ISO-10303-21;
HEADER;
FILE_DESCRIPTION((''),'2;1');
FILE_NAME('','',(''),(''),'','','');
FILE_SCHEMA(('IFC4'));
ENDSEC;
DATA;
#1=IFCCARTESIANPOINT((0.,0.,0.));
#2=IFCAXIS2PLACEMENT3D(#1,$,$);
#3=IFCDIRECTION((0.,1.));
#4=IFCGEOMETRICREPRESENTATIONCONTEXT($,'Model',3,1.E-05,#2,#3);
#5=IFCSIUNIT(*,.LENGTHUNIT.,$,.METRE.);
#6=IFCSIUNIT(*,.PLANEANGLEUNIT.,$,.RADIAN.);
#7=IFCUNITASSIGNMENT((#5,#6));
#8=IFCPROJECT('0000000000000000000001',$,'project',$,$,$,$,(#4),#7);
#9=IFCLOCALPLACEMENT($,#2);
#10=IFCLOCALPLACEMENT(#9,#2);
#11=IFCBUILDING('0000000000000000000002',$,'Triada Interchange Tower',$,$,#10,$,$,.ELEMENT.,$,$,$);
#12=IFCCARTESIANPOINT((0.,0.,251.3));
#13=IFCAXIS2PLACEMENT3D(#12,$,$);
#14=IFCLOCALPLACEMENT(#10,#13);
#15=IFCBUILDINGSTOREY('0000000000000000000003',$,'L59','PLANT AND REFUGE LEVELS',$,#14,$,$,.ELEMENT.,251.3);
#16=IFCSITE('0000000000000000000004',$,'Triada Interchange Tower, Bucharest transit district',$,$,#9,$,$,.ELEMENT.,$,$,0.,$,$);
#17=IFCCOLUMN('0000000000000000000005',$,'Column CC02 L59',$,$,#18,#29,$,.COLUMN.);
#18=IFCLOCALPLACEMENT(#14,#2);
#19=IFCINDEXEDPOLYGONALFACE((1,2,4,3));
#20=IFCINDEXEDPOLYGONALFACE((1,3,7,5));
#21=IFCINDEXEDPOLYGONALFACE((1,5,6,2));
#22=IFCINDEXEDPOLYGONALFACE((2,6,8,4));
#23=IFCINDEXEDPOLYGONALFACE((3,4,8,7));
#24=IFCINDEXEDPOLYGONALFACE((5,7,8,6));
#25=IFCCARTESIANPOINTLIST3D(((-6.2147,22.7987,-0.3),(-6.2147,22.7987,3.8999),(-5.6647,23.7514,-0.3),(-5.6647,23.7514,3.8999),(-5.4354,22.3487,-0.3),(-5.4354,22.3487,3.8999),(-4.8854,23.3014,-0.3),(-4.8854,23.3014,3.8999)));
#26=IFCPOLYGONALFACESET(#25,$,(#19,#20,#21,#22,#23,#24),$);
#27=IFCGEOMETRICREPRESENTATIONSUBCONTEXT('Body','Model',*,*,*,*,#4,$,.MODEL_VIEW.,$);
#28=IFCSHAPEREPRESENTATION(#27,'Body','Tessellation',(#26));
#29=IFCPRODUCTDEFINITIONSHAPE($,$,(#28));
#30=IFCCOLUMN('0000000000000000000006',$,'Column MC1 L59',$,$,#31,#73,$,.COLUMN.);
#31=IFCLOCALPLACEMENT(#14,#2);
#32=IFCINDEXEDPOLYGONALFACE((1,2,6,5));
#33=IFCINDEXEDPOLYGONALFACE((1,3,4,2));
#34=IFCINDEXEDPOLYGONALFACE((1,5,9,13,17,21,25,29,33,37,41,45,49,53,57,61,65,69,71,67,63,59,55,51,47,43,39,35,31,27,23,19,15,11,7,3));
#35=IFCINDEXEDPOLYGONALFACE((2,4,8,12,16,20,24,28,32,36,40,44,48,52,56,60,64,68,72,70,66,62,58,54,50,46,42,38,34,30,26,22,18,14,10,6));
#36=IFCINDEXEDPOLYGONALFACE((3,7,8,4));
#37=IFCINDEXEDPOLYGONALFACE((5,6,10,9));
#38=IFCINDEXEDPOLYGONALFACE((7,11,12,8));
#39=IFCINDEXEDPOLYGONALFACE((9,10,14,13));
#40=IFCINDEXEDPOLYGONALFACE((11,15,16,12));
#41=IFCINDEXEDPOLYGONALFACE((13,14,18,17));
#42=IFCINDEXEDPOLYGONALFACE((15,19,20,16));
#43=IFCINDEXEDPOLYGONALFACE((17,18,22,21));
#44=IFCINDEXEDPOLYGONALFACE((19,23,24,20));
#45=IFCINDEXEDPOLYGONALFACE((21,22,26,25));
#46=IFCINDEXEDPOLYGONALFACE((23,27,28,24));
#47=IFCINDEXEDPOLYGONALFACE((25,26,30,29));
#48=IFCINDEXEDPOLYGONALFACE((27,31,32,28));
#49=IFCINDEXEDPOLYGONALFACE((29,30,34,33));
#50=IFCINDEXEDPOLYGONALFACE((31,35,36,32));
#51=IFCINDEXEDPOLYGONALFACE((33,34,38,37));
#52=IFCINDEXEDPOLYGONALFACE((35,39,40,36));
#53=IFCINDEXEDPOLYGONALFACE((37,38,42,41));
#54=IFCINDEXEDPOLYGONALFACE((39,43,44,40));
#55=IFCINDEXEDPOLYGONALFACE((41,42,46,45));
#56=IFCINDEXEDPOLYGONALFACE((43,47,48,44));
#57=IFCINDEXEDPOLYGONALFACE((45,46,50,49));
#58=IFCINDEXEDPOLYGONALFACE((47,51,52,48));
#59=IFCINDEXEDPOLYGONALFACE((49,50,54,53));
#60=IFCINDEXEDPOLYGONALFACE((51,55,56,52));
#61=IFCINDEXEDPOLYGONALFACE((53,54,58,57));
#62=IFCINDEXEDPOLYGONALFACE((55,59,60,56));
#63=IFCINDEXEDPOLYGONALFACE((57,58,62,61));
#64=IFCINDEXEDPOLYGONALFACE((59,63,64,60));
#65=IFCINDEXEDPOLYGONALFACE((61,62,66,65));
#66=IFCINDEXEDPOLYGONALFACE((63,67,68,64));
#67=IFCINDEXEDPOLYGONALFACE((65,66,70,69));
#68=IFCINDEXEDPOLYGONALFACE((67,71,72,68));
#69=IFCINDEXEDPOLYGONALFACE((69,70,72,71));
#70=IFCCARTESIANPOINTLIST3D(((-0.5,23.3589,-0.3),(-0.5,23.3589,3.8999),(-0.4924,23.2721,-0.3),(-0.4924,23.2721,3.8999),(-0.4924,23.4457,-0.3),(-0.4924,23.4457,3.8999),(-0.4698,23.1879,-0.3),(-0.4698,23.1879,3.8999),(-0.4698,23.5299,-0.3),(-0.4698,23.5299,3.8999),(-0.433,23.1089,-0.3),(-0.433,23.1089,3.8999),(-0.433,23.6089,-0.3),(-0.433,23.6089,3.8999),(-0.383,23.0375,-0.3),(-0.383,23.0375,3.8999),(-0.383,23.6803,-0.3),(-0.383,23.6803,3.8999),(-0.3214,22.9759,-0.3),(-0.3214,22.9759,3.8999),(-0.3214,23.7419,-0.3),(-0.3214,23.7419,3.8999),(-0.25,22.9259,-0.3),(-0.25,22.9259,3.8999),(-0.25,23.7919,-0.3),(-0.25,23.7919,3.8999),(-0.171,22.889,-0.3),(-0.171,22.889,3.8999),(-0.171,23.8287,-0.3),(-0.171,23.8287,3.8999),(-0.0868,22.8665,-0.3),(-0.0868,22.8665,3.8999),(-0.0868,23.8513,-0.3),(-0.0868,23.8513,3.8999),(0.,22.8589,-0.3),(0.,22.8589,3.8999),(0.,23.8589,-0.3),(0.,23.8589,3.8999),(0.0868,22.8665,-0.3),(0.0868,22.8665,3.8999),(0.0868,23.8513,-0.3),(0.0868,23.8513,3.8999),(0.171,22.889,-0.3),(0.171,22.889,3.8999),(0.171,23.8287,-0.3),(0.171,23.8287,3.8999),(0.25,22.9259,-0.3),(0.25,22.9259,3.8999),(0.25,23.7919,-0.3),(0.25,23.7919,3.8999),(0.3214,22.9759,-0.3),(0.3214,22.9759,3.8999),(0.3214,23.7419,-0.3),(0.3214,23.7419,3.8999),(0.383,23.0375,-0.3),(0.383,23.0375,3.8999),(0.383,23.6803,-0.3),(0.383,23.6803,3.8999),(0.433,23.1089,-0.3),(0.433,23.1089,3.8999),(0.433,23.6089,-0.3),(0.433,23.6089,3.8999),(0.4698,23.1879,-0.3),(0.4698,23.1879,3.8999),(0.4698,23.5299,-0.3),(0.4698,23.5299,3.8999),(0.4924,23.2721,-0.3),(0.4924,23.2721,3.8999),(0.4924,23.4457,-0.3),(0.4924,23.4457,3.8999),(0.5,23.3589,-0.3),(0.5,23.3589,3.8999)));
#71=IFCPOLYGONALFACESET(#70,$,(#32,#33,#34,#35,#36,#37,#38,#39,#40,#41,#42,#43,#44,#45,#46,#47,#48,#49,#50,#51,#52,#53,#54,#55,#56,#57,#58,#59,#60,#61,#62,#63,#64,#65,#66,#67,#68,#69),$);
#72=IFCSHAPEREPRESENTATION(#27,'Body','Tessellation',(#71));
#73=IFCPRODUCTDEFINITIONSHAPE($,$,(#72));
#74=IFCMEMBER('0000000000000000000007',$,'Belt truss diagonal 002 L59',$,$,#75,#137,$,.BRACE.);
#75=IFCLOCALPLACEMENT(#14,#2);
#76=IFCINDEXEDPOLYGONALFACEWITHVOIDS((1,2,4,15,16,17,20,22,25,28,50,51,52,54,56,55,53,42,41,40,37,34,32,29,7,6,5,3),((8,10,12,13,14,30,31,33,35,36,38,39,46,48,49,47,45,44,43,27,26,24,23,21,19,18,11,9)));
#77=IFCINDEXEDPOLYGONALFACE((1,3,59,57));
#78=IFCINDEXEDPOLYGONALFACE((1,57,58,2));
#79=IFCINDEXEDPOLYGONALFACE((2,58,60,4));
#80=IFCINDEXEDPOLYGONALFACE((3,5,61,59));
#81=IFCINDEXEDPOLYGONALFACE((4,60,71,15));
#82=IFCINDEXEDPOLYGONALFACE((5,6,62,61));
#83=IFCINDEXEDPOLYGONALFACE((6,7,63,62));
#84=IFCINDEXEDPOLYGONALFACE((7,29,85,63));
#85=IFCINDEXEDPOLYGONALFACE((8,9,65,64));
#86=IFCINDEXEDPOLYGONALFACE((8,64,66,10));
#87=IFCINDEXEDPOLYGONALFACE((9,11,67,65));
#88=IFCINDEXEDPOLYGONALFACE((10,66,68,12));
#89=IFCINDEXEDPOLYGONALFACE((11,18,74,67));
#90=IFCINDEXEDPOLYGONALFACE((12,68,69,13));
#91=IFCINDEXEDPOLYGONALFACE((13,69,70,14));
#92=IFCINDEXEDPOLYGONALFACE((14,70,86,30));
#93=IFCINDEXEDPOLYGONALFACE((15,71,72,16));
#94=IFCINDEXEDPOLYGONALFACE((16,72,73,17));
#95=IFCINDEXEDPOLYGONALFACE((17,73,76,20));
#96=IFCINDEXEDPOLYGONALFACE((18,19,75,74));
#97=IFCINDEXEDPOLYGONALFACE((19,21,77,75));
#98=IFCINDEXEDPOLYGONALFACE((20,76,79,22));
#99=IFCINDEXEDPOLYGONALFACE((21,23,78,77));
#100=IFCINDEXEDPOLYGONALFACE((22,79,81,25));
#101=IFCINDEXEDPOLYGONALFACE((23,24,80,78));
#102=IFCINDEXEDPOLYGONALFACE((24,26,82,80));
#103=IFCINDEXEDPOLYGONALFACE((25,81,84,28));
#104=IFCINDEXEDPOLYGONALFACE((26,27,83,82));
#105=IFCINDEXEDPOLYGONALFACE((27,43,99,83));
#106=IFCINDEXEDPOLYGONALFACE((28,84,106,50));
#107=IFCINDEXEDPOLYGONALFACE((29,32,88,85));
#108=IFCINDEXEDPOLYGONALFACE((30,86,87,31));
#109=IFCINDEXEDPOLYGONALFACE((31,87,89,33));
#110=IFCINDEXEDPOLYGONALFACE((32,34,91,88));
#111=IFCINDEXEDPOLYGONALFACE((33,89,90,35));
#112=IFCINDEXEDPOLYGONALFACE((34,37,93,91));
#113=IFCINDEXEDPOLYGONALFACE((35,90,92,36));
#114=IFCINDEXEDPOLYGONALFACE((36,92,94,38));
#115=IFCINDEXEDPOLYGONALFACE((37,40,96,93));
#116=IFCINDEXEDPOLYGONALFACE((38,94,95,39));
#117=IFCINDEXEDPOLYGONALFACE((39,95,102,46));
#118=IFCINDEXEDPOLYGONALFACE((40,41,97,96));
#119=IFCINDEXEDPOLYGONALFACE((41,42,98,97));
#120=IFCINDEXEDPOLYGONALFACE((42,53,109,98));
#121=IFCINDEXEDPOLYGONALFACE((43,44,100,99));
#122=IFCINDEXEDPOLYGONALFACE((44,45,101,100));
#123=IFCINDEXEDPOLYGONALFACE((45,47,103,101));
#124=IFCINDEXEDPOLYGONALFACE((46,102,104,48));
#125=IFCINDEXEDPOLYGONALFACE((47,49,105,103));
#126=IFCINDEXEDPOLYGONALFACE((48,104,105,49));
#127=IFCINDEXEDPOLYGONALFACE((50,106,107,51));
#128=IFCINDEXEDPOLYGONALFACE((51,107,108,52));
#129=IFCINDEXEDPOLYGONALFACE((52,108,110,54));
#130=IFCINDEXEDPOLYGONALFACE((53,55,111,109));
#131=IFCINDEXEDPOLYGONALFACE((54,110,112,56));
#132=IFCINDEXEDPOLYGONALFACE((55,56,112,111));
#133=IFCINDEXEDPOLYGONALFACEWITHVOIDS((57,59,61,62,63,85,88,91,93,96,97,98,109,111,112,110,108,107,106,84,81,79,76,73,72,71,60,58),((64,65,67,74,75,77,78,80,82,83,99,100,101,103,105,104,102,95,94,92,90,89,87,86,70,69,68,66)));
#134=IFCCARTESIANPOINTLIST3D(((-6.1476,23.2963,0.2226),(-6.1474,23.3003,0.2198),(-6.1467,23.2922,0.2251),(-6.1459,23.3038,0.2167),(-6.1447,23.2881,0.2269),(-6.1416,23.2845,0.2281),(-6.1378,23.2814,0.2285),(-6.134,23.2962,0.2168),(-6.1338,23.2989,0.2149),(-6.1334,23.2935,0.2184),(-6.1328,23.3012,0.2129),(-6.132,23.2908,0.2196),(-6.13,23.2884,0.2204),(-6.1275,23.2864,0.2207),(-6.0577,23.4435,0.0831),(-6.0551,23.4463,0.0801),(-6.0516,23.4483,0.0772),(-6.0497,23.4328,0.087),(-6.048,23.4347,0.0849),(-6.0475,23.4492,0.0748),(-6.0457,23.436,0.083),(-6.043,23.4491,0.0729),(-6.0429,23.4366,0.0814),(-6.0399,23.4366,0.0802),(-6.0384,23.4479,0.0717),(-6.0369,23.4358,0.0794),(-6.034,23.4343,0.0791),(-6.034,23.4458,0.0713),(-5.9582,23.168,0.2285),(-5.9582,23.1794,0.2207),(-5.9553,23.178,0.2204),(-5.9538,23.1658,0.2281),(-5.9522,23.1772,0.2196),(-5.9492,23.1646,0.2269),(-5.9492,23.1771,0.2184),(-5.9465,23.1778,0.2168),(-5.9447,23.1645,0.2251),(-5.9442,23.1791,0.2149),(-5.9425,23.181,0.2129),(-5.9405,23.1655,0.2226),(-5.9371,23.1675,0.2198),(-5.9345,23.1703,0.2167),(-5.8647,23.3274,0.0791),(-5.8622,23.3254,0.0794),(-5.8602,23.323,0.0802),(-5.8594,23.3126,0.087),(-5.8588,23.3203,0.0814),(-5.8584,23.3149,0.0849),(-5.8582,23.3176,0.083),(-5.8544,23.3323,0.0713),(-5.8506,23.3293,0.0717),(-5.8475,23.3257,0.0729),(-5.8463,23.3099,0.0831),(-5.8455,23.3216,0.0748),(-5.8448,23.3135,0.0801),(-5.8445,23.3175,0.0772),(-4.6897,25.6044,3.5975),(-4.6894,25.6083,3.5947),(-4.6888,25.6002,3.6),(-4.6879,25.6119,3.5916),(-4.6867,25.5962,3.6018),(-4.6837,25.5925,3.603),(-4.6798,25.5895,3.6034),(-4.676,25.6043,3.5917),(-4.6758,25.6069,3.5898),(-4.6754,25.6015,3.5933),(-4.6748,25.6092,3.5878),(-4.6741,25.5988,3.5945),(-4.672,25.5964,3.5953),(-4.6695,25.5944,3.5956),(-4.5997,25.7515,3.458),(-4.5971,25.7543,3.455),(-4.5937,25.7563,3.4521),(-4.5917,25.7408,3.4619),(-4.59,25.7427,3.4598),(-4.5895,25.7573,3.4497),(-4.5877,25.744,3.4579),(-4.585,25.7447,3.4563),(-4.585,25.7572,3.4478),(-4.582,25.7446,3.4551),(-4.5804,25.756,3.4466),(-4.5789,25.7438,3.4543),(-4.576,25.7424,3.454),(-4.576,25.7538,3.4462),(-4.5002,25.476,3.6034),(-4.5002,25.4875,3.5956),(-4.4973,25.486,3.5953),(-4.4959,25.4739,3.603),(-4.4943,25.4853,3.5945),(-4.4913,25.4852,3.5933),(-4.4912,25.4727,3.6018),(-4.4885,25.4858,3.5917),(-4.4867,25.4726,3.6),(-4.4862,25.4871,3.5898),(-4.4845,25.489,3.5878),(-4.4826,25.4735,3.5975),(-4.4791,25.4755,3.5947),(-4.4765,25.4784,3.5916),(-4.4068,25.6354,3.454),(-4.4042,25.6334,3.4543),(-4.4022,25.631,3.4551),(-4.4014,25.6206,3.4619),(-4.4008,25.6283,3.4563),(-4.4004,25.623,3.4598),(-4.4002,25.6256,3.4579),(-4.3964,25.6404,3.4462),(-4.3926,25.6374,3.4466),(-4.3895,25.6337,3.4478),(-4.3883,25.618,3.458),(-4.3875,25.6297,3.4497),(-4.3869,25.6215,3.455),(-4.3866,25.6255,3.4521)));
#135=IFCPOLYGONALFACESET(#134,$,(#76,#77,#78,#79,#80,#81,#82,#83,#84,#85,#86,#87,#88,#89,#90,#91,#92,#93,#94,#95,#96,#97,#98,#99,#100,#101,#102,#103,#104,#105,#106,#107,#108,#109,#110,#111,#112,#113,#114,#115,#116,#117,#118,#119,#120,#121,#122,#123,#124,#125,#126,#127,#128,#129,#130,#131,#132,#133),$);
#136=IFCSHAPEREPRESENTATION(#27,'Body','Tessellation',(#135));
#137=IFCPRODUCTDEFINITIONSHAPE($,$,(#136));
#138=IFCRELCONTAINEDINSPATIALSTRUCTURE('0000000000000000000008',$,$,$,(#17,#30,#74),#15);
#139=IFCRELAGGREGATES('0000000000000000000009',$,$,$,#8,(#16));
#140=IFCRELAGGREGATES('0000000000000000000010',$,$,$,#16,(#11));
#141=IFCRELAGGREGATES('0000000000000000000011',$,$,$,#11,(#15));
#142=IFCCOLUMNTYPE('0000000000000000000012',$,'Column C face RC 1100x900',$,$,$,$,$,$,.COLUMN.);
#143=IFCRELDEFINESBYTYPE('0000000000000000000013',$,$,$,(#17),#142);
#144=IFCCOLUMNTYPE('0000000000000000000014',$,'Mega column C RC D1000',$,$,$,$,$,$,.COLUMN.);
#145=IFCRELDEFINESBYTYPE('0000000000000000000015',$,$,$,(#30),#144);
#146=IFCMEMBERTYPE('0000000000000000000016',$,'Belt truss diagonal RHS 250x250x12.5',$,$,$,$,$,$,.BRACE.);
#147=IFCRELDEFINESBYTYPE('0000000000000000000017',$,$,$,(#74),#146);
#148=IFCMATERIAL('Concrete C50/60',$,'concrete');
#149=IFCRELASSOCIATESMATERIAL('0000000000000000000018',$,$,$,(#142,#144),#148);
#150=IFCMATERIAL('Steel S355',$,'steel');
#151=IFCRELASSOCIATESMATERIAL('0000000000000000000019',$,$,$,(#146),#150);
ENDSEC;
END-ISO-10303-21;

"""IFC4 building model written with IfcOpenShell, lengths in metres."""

from ifc_helpers import new_model, si_unit, direction, frame, origin, origin_2d, place, context, subcontext, project, spatial, rectangle, hollow_rectangle, circle, extrude, material, material_profile, profile_set, type_object, element, save


model = new_model("IFC4")

# Units and contexts
model_context = context("Model", 3, precision=1e-05, world=origin(), true_north=direction((0.0, 1.0)))
body_context = subcontext(model_context, "Body", "Model", "MODEL_VIEW")
ifc_project = project(units=[si_unit("LENGTHUNIT", "METRE"), si_unit("PLANEANGLEUNIT", "RADIAN")], contexts=[model_context])

# Site, building, storey
site_placement = place(None, origin())
site = spatial("IfcSite", under=ifc_project, at=site_placement, Name="Triada Interchange Tower, Bucharest transit district", CompositionType="ELEMENT", RefElevation=0.0)
building_placement = place(site_placement, origin())
building = spatial("IfcBuilding", under=site, at=building_placement, Name="Triada Interchange Tower", CompositionType="ELEMENT")
storey_placement = place(building_placement, frame((0.0, 0.0, 251.3)))
storey = spatial("IfcBuildingStorey", under=building, at=storey_placement, Name="L59", Description="PLANT AND REFUGE LEVELS", CompositionType="ELEMENT", Elevation=251.3)

# Columns
ifc_material_1 = material(Name="Concrete C50/60", Category="concrete")
ifc_material_profile_1 = material_profile(ifc_material_1, rectangle(XDim=1.1001, YDim=0.8999, at=origin_2d()), Name="RC 1100x900")
ifc_profile_set_1 = profile_set([ifc_material_profile_1], Name="Concrete C50/60")
column_type_1 = type_object("IfcColumnType", Name="Column C face RC 1100x900", PredefinedType="COLUMN", material=ifc_profile_set_1)
column_1_placement = place(storey_placement, frame((-5.55, 23.05, -0.3), z_axis=(0.0, 0.0, 1.0), x_axis=(0.5, 0.866025, 0.0)))
element("IfcColumn", 1, at=column_1_placement, inside=storey, type_object=column_type_1, Name="Column CC02 L59", PredefinedType="COLUMN", context=body_context, shape_type="SweptSolid", body=[
    extrude(rectangle(XDim=1.1001, YDim=0.8999, at=origin_2d()), origin(), (0.0, 0.0, 1.0), 4.2),
])
ifc_material_profile_2 = material_profile(ifc_material_1, circle(Radius=0.5, at=origin_2d()), Name="RC D1000")
ifc_profile_set_2 = profile_set([ifc_material_profile_2], Name="Concrete C50/60")
column_type_2 = type_object("IfcColumnType", Name="Mega column C RC D1000", PredefinedType="COLUMN", material=ifc_profile_set_2)
column_2_placement = place(storey_placement, frame((0.0, 23.3589, -0.3), z_axis=(0.0, 0.0, 1.0), x_axis=(1.0, 0.0, 0.0)))
element("IfcColumn", 2, at=column_2_placement, inside=storey, type_object=column_type_2, Name="Column MC1 L59", PredefinedType="COLUMN", context=body_context, shape_type="SweptSolid", body=[
    extrude(circle(Radius=0.5, at=origin_2d()), origin(), (0.0, 0.0, 1.0), 4.2),
])

# Member
ifc_material_2 = material(Name="Steel S355", Category="steel")
ifc_material_profile_3 = material_profile(ifc_material_2, hollow_rectangle(XDim=0.25, YDim=0.25, WallThickness=0.0125, InnerFilletRadius=0.0125, OuterFilletRadius=0.0188, at=origin_2d()), Name="RHS 250x250x12.5")
ifc_profile_set_3 = profile_set([ifc_material_profile_3], Name="Steel S355")
member_type = type_object("IfcMemberType", Name="Belt truss diagonal RHS 250x250x12.5", PredefinedType="BRACE", material=ifc_profile_set_3)
member_1_placement = place(storey_placement, frame((-5.9961, 23.3069, 0.1499), z_axis=(0.335874, 0.531706, 0.777481), x_axis=(-0.845446, 0.53406, 0.0)))
element("IfcMember", 3, at=member_1_placement, inside=storey, type_object=member_type, Name="Belt truss diagonal 002 L59", PredefinedType="BRACE", context=body_context, shape_type="SweptSolid", body=[
    extrude(hollow_rectangle(XDim=0.25, YDim=0.25, WallThickness=0.0125, InnerFilletRadius=0.0125, OuterFilletRadius=0.0188, at=origin_2d()), origin(), (0.0, 0.0, 1.0), 4.3408),
])

save(model, "model.ifc")
